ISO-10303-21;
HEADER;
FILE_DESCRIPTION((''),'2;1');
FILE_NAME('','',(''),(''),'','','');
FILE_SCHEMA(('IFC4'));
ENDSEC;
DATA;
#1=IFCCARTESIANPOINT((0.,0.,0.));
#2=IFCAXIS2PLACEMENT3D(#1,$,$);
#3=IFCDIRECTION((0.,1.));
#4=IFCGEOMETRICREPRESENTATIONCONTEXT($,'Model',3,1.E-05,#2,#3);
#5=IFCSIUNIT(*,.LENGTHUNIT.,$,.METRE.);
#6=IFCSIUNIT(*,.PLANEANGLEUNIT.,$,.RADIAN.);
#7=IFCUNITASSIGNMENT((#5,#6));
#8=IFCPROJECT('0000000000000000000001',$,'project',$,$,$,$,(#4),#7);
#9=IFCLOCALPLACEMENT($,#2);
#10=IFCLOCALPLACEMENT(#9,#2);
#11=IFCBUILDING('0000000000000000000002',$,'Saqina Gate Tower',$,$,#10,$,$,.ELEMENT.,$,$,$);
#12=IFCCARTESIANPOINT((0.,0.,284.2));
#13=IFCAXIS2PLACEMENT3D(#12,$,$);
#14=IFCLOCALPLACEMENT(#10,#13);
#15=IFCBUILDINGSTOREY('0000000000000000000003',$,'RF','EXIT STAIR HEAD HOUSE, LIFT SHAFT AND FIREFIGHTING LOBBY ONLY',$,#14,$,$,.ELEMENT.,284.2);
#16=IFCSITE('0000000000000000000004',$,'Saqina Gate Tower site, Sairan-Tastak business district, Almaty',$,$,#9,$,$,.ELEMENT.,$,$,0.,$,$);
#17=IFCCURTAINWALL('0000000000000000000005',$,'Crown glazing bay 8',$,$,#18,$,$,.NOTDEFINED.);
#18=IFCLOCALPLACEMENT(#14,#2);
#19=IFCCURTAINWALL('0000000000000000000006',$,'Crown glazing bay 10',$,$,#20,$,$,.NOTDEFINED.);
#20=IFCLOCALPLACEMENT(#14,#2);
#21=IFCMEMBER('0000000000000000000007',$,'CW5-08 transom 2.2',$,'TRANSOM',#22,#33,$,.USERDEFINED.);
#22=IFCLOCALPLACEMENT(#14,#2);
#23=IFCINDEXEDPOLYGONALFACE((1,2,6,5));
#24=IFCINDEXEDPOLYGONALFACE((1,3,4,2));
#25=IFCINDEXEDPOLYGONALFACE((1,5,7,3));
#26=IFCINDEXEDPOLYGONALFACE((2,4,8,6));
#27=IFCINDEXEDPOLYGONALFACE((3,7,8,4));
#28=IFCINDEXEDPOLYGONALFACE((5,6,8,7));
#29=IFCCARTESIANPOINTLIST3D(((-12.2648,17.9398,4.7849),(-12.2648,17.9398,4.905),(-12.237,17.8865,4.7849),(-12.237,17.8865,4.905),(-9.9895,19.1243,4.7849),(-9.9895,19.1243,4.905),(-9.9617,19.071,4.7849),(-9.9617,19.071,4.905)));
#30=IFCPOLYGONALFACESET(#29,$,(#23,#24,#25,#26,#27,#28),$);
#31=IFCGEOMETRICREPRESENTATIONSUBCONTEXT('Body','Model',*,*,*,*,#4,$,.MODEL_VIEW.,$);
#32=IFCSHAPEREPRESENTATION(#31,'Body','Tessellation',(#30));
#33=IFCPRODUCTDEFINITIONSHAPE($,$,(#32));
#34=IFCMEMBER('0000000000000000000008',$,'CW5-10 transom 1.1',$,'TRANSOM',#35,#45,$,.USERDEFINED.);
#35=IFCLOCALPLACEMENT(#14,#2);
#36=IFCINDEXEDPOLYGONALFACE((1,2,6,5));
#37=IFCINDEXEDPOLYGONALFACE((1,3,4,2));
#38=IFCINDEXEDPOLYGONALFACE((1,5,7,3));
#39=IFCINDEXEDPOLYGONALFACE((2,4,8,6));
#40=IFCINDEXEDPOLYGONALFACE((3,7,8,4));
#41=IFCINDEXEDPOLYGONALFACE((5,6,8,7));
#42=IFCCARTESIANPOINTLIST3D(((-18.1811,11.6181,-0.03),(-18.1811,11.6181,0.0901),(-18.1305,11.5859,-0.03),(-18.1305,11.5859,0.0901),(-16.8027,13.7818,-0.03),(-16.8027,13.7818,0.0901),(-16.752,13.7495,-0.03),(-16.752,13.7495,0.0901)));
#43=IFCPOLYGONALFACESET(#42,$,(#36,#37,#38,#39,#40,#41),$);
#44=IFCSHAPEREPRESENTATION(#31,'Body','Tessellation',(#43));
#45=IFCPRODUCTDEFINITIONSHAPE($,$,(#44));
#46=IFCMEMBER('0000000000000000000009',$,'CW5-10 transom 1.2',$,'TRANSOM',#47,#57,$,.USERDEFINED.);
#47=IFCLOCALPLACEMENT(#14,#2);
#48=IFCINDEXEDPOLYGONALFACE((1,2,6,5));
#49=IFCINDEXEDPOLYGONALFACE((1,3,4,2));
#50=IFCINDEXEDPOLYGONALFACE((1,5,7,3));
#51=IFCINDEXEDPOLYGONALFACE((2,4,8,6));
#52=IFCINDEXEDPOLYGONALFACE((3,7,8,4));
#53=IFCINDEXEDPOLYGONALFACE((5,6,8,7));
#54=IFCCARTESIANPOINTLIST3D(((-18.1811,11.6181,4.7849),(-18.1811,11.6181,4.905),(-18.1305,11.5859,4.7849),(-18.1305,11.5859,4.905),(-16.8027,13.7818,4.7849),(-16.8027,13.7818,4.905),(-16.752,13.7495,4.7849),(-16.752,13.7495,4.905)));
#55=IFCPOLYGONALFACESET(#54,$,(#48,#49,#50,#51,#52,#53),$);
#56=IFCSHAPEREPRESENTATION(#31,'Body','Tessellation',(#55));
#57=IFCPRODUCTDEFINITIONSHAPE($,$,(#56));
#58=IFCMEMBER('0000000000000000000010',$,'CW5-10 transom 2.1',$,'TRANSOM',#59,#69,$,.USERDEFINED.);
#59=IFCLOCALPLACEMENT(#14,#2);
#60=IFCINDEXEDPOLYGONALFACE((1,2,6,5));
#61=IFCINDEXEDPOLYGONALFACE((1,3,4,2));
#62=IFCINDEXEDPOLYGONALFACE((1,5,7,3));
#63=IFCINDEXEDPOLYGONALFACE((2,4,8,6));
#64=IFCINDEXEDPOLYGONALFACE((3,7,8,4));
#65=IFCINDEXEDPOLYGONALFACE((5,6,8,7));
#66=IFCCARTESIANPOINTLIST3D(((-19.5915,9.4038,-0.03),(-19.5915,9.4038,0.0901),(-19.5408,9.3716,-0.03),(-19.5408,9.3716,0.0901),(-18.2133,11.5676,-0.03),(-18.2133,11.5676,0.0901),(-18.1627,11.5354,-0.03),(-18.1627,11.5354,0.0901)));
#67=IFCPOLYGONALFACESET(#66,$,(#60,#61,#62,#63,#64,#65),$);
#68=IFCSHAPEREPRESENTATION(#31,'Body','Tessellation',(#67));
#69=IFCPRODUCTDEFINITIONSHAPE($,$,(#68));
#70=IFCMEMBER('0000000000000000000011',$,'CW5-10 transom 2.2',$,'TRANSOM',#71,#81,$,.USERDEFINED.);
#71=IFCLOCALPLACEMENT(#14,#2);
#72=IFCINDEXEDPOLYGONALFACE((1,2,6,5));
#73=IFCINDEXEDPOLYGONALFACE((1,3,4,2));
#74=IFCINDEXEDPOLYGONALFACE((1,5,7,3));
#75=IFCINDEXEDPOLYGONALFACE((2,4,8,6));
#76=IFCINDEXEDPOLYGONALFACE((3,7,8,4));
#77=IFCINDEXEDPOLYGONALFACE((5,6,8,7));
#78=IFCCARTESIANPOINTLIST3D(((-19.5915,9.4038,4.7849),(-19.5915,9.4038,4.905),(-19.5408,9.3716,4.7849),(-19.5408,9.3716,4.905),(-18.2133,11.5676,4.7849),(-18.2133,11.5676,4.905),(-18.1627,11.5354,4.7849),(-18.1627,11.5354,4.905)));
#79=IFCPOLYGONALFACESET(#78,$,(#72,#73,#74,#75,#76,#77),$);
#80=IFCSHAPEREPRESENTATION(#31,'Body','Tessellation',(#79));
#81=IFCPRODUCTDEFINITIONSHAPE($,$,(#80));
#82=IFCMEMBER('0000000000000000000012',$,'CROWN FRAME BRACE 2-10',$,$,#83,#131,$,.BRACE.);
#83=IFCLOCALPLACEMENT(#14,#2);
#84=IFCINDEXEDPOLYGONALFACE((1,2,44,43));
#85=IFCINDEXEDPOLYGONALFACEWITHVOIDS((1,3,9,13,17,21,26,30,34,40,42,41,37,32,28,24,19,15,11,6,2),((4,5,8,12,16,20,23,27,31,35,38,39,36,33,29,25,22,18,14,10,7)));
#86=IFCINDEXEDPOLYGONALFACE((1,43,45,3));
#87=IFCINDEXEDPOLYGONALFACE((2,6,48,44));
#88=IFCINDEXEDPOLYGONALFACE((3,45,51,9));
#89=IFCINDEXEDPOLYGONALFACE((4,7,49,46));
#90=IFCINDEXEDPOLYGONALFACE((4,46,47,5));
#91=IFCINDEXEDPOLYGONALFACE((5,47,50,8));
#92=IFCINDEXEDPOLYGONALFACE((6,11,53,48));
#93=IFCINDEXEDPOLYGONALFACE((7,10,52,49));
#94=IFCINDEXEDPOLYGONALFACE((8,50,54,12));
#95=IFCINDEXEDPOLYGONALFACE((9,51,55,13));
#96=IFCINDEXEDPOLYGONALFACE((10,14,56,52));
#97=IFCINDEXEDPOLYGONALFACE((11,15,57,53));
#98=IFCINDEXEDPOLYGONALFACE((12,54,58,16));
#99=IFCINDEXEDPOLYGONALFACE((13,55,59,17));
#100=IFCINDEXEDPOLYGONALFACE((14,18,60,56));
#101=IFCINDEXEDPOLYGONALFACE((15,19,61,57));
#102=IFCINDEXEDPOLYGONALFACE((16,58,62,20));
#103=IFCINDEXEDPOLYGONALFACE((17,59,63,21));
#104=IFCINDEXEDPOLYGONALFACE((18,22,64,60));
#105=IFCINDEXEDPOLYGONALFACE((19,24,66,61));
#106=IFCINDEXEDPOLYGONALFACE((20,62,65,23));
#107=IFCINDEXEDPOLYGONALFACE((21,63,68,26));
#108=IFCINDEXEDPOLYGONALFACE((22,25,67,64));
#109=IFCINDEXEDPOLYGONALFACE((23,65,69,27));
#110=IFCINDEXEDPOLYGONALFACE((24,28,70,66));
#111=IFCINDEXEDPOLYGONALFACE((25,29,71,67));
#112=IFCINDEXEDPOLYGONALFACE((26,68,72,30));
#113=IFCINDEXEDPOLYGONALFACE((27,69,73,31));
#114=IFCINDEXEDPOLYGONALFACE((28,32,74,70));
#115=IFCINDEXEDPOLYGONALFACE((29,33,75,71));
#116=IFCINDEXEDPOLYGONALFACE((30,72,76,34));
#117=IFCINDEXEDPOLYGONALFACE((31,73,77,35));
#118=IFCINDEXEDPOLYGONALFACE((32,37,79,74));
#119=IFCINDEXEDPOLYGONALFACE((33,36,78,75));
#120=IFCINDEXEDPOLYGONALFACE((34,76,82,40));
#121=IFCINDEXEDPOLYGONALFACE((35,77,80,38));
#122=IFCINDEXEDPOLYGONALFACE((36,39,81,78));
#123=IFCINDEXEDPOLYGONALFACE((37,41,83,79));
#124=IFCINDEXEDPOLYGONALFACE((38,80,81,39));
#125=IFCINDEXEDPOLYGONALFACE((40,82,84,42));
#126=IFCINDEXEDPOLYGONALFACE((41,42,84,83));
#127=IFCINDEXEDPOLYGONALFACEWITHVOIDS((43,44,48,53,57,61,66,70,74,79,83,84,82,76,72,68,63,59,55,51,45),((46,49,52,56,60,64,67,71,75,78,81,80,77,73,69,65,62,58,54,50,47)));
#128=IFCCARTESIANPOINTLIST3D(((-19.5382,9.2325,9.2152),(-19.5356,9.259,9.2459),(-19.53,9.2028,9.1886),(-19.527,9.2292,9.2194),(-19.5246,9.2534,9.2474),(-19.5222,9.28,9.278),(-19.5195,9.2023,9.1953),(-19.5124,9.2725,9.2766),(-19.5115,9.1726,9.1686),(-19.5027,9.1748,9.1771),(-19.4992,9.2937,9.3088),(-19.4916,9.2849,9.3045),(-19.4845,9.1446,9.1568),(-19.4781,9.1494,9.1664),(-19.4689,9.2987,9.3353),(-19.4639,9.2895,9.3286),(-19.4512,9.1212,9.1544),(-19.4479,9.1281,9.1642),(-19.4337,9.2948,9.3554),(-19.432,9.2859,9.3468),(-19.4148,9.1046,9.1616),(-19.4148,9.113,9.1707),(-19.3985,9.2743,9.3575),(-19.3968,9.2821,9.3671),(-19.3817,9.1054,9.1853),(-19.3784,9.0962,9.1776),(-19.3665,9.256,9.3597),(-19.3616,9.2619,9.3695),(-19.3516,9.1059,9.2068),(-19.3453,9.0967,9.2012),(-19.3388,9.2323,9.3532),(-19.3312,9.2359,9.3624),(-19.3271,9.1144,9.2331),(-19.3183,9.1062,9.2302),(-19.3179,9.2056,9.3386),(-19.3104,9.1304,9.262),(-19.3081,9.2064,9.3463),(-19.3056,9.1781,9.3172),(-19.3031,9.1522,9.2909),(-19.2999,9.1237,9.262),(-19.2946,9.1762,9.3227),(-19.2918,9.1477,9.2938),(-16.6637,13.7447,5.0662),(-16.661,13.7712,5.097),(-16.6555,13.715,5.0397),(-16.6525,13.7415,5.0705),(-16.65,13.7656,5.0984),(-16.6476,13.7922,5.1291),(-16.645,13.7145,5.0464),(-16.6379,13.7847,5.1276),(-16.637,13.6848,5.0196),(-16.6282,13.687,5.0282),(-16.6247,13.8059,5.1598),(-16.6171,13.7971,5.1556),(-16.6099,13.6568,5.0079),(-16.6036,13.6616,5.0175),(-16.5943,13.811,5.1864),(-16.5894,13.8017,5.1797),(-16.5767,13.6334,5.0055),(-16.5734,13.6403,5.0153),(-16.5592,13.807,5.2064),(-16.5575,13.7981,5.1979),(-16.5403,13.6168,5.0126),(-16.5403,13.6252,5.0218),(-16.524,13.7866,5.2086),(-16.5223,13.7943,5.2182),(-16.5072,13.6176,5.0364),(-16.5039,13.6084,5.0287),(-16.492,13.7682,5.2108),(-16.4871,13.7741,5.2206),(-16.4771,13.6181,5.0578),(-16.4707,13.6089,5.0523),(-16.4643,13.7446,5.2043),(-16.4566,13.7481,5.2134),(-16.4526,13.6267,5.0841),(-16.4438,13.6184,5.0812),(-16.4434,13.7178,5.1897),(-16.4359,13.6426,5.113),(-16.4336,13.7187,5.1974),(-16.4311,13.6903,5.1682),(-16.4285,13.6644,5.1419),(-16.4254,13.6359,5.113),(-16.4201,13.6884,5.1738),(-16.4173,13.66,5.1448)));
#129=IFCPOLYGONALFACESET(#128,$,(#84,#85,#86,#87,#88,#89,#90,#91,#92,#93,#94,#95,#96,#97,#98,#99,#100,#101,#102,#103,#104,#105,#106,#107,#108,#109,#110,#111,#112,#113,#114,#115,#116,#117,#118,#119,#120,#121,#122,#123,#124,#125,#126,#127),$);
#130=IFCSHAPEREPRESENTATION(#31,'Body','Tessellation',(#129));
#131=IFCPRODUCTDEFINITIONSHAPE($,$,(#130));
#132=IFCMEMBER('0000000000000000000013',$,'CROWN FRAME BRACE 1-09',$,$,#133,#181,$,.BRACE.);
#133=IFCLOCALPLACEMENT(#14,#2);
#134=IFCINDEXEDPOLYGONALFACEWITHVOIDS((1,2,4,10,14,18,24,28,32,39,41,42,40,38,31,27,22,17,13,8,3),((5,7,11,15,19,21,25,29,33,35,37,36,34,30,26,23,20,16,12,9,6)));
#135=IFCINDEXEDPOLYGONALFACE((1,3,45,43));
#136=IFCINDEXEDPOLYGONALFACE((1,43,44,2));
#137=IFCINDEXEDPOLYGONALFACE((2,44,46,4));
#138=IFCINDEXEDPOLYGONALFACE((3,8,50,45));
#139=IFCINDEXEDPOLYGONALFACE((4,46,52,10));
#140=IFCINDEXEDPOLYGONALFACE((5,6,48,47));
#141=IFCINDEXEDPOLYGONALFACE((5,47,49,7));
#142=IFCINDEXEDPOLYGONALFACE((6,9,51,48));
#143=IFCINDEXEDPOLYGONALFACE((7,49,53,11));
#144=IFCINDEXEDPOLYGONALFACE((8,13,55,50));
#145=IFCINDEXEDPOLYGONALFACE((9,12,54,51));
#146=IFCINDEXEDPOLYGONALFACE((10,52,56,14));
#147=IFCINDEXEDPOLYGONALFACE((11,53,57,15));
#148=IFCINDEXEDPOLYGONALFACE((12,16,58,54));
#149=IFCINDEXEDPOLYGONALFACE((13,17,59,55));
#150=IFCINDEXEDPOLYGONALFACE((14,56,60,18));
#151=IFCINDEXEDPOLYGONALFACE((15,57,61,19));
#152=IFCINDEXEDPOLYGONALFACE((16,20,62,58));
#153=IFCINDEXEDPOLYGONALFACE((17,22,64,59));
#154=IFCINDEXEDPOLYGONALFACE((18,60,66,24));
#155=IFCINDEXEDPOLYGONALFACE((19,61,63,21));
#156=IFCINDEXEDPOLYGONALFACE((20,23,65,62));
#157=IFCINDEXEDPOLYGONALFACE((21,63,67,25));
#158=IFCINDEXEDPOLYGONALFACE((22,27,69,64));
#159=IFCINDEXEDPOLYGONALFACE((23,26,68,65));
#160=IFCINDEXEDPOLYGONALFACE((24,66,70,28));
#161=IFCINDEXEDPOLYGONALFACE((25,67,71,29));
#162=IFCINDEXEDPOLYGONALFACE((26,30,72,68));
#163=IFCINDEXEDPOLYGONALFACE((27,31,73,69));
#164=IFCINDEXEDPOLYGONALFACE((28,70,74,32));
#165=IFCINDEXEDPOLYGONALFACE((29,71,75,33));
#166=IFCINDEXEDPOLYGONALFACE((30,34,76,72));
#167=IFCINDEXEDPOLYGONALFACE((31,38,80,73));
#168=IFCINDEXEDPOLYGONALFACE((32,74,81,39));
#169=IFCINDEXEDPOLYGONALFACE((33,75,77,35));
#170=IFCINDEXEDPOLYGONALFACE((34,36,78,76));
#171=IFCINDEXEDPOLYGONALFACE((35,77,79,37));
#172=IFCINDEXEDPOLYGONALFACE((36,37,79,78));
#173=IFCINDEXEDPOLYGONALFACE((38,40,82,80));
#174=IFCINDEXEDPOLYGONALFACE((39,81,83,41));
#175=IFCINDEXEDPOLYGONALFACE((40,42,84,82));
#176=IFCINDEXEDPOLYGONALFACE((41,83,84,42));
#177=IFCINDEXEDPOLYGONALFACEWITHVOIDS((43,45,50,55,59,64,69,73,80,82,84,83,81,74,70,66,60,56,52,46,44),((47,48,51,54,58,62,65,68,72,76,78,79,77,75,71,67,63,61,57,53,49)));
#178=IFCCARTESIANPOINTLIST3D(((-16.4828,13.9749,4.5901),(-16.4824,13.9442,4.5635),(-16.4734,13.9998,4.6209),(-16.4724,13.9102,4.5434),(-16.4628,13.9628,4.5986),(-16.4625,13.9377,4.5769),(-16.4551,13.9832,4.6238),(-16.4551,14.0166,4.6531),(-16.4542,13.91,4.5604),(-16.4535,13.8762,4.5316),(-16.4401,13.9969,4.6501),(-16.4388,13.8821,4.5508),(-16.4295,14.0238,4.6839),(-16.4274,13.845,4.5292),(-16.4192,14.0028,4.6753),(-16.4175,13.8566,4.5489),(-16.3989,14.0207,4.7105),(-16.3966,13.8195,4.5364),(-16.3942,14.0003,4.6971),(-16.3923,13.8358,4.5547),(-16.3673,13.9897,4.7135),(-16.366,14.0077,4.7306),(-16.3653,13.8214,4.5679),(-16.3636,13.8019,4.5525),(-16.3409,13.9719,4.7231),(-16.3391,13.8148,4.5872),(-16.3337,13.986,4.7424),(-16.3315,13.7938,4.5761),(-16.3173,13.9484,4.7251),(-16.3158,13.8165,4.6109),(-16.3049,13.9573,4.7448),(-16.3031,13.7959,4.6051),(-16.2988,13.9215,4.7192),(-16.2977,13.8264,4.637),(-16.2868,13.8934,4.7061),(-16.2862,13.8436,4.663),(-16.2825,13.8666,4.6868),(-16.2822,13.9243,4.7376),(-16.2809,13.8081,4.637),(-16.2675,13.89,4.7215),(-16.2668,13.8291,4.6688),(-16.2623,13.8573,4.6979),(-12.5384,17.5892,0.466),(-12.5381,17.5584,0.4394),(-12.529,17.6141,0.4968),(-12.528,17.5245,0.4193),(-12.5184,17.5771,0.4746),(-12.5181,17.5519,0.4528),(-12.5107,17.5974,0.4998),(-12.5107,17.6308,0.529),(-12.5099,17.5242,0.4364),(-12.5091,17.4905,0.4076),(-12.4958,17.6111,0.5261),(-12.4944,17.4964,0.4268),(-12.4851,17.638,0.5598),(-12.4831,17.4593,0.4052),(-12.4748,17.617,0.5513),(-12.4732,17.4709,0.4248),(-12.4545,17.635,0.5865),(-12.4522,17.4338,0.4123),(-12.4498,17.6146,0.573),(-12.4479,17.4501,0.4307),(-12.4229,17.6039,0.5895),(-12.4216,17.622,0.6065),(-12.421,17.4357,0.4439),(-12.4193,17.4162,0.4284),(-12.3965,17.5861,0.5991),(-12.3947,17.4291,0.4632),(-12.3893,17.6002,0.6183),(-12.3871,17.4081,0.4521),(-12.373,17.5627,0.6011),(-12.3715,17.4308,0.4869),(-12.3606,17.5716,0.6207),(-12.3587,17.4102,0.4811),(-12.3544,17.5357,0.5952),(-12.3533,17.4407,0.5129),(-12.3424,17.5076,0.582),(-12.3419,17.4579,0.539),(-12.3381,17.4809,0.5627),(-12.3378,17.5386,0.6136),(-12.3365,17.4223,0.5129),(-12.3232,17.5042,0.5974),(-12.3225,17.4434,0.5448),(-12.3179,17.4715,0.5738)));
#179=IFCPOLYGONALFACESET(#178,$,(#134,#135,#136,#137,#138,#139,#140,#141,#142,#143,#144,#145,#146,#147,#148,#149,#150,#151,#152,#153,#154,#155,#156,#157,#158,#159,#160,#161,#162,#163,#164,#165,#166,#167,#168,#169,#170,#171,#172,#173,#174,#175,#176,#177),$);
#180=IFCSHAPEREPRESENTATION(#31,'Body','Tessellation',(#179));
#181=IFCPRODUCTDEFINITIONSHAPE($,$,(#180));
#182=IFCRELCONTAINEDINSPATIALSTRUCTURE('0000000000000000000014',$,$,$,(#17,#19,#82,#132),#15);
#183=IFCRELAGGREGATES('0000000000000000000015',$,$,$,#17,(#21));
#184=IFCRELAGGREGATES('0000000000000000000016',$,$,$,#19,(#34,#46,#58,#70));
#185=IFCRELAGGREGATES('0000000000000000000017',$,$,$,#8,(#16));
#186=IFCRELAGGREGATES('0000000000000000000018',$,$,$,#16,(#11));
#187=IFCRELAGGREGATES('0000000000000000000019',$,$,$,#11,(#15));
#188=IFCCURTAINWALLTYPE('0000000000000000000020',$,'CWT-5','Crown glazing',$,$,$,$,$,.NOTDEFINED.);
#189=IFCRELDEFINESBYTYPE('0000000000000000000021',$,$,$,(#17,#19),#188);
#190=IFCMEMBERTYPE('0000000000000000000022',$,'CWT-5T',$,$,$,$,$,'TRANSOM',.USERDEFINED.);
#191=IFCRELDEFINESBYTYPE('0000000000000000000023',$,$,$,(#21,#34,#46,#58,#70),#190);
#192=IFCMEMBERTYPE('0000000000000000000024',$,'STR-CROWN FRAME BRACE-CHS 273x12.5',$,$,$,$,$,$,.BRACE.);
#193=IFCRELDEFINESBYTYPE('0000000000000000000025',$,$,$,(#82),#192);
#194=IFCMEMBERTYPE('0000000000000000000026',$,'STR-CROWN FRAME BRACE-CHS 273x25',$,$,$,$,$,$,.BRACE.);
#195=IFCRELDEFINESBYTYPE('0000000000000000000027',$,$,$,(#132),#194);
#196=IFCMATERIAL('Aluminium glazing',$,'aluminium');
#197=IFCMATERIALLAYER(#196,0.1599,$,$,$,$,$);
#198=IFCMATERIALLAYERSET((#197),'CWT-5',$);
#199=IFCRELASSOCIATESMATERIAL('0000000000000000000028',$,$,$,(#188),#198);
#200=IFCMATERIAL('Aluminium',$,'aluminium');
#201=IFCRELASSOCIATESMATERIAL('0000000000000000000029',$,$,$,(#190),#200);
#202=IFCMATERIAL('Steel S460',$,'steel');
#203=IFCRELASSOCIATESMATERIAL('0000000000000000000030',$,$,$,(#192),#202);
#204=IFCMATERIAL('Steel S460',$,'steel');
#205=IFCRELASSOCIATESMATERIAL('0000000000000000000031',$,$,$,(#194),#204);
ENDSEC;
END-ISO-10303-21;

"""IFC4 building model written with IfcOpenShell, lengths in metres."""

from ifc_helpers import new_model, si_unit, direction, frame, origin, origin_2d, place, context, subcontext, project, spatial, rectangle, hollow_circle, extrude, material, layer, layer_set, material_profile, profile_set, type_object, element, aggregate, save


model = new_model("IFC4")

# Units and contexts
model_context = context("Model", 3, precision=1e-05, world=origin(), true_north=direction((0.0, 1.0)))
body_context = subcontext(model_context, "Body", "Model", "MODEL_VIEW")
ifc_project = project(units=[si_unit("LENGTHUNIT", "METRE"), si_unit("PLANEANGLEUNIT", "RADIAN")], contexts=[model_context])

# Site, building, storey
site_placement = place(None, origin())
site = spatial("IfcSite", under=ifc_project, at=site_placement, Name="Saqina Gate Tower site, Sairan-Tastak business district, Almaty", CompositionType="ELEMENT", RefElevation=0.0)
building_placement = place(site_placement, origin())
building = spatial("IfcBuilding", under=site, at=building_placement, Name="Saqina Gate Tower", CompositionType="ELEMENT")
storey_placement = place(building_placement, frame((0.0, 0.0, 284.2)))
storey = spatial("IfcBuildingStorey", under=building, at=storey_placement, Name="RF", Description="EXIT STAIR HEAD HOUSE, LIFT SHAFT AND FIREFIGHTING LOBBY ONLY", CompositionType="ELEMENT", Elevation=284.2)

# Curtain wall
ifc_material_1 = material(Name="Aluminium glazing", Category="aluminium")
ifc_layer_1 = layer(ifc_material_1, 0.1599)
ifc_layer_set_1 = layer_set([ifc_layer_1], Name="CWT-5")
curtain_wall_type = type_object("IfcCurtainWallType", Name="CWT-5", Description="Crown glazing", PredefinedType="NOTDEFINED", material=ifc_layer_set_1)
curtain_wall_1_placement = place(storey_placement, origin())
curtain_wall_1 = element("IfcCurtainWall", 1, at=curtain_wall_1_placement, inside=storey, type_object=curtain_wall_type, Name="Crown glazing bay 8", PredefinedType="NOTDEFINED")

# Curtain wall
curtain_wall_2_placement = place(storey_placement, origin())
curtain_wall_2 = element("IfcCurtainWall", 2, at=curtain_wall_2_placement, inside=storey, type_object=curtain_wall_type, Name="Crown glazing bay 10", PredefinedType="NOTDEFINED")

# Members
ifc_material_2 = material(Name="Aluminium", Category="aluminium")
ifc_material_profile_1 = material_profile(ifc_material_2, rectangle(XDim=0.0601, YDim=0.1201, at=origin_2d()), Name="Aluminium 60x120")
ifc_profile_set_1 = profile_set([ifc_material_profile_1], Name="Aluminium")
member_type_1 = type_object("IfcMemberType", Name="CWT-5T", ElementType="TRANSOM", PredefinedType="USERDEFINED", material=ifc_profile_set_1)
member_1_placement = place(storey_placement, frame((-9.9756, 19.0977, 4.845), z_axis=(-0.886999, -0.461772, 0.0), x_axis=(0.461772, -0.886999, 0.0)))
member_1 = element("IfcMember", 3, at=member_1_placement, type_object=member_type_1, Name="CW5-08 transom 2.2", ObjectType="TRANSOM", PredefinedType="USERDEFINED", context=body_context, shape_type="SweptSolid", body=[
    extrude(rectangle(XDim=0.0601, YDim=0.1201, at=origin_2d()), origin(), (0.0, 0.0, 1.0), 2.5652),
])
member_2_placement = place(storey_placement, frame((-16.7773, 13.7656, 0.03), z_axis=(-0.537319, -0.843379, 0.0), x_axis=(0.843379, -0.537319, 0.0)))
member_2 = element("IfcMember", 4, at=member_2_placement, type_object=member_type_1, Name="CW5-10 transom 1.1", ObjectType="TRANSOM", PredefinedType="USERDEFINED", context=body_context, shape_type="SweptSolid", body=[
    extrude(rectangle(XDim=0.0601, YDim=0.1201, at=origin_2d()), origin(), (0.0, 0.0, 1.0), 2.5654),
])
member_3_placement = place(storey_placement, frame((-16.7773, 13.7656, 4.845), z_axis=(-0.537319, -0.843379, 0.0), x_axis=(0.843379, -0.537319, 0.0)))
member_3 = element("IfcMember", 5, at=member_3_placement, type_object=member_type_1, Name="CW5-10 transom 1.2", ObjectType="TRANSOM", PredefinedType="USERDEFINED", context=body_context, shape_type="SweptSolid", body=[
    extrude(rectangle(XDim=0.0601, YDim=0.1201, at=origin_2d()), origin(), (0.0, 0.0, 1.0), 2.5654),
])
member_4_placement = place(storey_placement, frame((-18.188, 11.5515, 0.03), z_axis=(-0.537208, -0.84345, 0.0), x_axis=(0.84345, -0.537208, 0.0)))
member_4 = element("IfcMember", 6, at=member_4_placement, type_object=member_type_1, Name="CW5-10 transom 2.1", ObjectType="TRANSOM", PredefinedType="USERDEFINED", context=body_context, shape_type="SweptSolid", body=[
    extrude(rectangle(XDim=0.0601, YDim=0.1201, at=origin_2d()), origin(), (0.0, 0.0, 1.0), 2.5654),
])
member_5_placement = place(storey_placement, frame((-18.188, 11.5515, 4.845), z_axis=(-0.537208, -0.84345, 0.0), x_axis=(0.84345, -0.537208, 0.0)))
member_5 = element("IfcMember", 7, at=member_5_placement, type_object=member_type_1, Name="CW5-10 transom 2.2", ObjectType="TRANSOM", PredefinedType="USERDEFINED", context=body_context, shape_type="SweptSolid", body=[
    extrude(rectangle(XDim=0.0601, YDim=0.1201, at=origin_2d()), origin(), (0.0, 0.0, 1.0), 2.5654),
])

# Members
ifc_material_3 = material(Name="Steel S460", Category="steel")
ifc_material_profile_2 = material_profile(ifc_material_3, hollow_circle(Radius=0.1365, WallThickness=0.0125, at=origin_2d()), Name="CHS 273x12.5")
ifc_profile_set_2 = profile_set([ifc_material_profile_2], Name="Steel S460")
member_type_2 = type_object("IfcMemberType", Name="STR-CROWN FRAME BRACE-CHS 273x12.5", PredefinedType="BRACE", material=ifc_profile_set_2)
member_6_placement = place(storey_placement, frame((-16.5405, 13.7092, 5.113), z_axis=(-0.424579, -0.666475, 0.612816), x_axis=(0.843398, -0.537289, 0.0)))
element("IfcMember", 8, at=member_6_placement, inside=storey, type_object=member_type_2, Name="CROWN FRAME BRACE 2-10", PredefinedType="BRACE", context=body_context, shape_type="SweptSolid", body=[
    extrude(hollow_circle(Radius=0.1365, WallThickness=0.0125, at=origin_2d()), origin(), (0.0, 0.0, 1.0), 6.7703),
])
ifc_material_4 = material(Name="Steel S460", Category="steel")
ifc_material_profile_3 = material_profile(ifc_material_4, hollow_circle(Radius=0.1365, WallThickness=0.0249, at=origin_2d()), Name="CHS 273x25")
ifc_profile_set_3 = profile_set([ifc_material_profile_3], Name="Steel S460")
member_type_3 = type_object("IfcMemberType", Name="STR-CROWN FRAME BRACE-CHS 273x25", PredefinedType="BRACE", material=ifc_profile_set_3)
member_7_placement = place(storey_placement, frame((-12.4287, 17.5229, 0.5129), z_axis=(-0.583925, -0.53506, 0.610526), x_axis=(0.675584, -0.737283, 0.0)))
element("IfcMember", 9, at=member_7_placement, inside=storey, type_object=member_type_3, Name="CROWN FRAME BRACE 1-09", PredefinedType="BRACE", context=body_context, shape_type="SweptSolid", body=[
    extrude(hollow_circle(Radius=0.1365, WallThickness=0.0249, at=origin_2d()), origin(), (0.0, 0.0, 1.0), 6.7549),
])

aggregate(curtain_wall_1, [member_1])
aggregate(curtain_wall_2, [member_2, member_3, member_4, member_5])

save(model, "model.ifc")
